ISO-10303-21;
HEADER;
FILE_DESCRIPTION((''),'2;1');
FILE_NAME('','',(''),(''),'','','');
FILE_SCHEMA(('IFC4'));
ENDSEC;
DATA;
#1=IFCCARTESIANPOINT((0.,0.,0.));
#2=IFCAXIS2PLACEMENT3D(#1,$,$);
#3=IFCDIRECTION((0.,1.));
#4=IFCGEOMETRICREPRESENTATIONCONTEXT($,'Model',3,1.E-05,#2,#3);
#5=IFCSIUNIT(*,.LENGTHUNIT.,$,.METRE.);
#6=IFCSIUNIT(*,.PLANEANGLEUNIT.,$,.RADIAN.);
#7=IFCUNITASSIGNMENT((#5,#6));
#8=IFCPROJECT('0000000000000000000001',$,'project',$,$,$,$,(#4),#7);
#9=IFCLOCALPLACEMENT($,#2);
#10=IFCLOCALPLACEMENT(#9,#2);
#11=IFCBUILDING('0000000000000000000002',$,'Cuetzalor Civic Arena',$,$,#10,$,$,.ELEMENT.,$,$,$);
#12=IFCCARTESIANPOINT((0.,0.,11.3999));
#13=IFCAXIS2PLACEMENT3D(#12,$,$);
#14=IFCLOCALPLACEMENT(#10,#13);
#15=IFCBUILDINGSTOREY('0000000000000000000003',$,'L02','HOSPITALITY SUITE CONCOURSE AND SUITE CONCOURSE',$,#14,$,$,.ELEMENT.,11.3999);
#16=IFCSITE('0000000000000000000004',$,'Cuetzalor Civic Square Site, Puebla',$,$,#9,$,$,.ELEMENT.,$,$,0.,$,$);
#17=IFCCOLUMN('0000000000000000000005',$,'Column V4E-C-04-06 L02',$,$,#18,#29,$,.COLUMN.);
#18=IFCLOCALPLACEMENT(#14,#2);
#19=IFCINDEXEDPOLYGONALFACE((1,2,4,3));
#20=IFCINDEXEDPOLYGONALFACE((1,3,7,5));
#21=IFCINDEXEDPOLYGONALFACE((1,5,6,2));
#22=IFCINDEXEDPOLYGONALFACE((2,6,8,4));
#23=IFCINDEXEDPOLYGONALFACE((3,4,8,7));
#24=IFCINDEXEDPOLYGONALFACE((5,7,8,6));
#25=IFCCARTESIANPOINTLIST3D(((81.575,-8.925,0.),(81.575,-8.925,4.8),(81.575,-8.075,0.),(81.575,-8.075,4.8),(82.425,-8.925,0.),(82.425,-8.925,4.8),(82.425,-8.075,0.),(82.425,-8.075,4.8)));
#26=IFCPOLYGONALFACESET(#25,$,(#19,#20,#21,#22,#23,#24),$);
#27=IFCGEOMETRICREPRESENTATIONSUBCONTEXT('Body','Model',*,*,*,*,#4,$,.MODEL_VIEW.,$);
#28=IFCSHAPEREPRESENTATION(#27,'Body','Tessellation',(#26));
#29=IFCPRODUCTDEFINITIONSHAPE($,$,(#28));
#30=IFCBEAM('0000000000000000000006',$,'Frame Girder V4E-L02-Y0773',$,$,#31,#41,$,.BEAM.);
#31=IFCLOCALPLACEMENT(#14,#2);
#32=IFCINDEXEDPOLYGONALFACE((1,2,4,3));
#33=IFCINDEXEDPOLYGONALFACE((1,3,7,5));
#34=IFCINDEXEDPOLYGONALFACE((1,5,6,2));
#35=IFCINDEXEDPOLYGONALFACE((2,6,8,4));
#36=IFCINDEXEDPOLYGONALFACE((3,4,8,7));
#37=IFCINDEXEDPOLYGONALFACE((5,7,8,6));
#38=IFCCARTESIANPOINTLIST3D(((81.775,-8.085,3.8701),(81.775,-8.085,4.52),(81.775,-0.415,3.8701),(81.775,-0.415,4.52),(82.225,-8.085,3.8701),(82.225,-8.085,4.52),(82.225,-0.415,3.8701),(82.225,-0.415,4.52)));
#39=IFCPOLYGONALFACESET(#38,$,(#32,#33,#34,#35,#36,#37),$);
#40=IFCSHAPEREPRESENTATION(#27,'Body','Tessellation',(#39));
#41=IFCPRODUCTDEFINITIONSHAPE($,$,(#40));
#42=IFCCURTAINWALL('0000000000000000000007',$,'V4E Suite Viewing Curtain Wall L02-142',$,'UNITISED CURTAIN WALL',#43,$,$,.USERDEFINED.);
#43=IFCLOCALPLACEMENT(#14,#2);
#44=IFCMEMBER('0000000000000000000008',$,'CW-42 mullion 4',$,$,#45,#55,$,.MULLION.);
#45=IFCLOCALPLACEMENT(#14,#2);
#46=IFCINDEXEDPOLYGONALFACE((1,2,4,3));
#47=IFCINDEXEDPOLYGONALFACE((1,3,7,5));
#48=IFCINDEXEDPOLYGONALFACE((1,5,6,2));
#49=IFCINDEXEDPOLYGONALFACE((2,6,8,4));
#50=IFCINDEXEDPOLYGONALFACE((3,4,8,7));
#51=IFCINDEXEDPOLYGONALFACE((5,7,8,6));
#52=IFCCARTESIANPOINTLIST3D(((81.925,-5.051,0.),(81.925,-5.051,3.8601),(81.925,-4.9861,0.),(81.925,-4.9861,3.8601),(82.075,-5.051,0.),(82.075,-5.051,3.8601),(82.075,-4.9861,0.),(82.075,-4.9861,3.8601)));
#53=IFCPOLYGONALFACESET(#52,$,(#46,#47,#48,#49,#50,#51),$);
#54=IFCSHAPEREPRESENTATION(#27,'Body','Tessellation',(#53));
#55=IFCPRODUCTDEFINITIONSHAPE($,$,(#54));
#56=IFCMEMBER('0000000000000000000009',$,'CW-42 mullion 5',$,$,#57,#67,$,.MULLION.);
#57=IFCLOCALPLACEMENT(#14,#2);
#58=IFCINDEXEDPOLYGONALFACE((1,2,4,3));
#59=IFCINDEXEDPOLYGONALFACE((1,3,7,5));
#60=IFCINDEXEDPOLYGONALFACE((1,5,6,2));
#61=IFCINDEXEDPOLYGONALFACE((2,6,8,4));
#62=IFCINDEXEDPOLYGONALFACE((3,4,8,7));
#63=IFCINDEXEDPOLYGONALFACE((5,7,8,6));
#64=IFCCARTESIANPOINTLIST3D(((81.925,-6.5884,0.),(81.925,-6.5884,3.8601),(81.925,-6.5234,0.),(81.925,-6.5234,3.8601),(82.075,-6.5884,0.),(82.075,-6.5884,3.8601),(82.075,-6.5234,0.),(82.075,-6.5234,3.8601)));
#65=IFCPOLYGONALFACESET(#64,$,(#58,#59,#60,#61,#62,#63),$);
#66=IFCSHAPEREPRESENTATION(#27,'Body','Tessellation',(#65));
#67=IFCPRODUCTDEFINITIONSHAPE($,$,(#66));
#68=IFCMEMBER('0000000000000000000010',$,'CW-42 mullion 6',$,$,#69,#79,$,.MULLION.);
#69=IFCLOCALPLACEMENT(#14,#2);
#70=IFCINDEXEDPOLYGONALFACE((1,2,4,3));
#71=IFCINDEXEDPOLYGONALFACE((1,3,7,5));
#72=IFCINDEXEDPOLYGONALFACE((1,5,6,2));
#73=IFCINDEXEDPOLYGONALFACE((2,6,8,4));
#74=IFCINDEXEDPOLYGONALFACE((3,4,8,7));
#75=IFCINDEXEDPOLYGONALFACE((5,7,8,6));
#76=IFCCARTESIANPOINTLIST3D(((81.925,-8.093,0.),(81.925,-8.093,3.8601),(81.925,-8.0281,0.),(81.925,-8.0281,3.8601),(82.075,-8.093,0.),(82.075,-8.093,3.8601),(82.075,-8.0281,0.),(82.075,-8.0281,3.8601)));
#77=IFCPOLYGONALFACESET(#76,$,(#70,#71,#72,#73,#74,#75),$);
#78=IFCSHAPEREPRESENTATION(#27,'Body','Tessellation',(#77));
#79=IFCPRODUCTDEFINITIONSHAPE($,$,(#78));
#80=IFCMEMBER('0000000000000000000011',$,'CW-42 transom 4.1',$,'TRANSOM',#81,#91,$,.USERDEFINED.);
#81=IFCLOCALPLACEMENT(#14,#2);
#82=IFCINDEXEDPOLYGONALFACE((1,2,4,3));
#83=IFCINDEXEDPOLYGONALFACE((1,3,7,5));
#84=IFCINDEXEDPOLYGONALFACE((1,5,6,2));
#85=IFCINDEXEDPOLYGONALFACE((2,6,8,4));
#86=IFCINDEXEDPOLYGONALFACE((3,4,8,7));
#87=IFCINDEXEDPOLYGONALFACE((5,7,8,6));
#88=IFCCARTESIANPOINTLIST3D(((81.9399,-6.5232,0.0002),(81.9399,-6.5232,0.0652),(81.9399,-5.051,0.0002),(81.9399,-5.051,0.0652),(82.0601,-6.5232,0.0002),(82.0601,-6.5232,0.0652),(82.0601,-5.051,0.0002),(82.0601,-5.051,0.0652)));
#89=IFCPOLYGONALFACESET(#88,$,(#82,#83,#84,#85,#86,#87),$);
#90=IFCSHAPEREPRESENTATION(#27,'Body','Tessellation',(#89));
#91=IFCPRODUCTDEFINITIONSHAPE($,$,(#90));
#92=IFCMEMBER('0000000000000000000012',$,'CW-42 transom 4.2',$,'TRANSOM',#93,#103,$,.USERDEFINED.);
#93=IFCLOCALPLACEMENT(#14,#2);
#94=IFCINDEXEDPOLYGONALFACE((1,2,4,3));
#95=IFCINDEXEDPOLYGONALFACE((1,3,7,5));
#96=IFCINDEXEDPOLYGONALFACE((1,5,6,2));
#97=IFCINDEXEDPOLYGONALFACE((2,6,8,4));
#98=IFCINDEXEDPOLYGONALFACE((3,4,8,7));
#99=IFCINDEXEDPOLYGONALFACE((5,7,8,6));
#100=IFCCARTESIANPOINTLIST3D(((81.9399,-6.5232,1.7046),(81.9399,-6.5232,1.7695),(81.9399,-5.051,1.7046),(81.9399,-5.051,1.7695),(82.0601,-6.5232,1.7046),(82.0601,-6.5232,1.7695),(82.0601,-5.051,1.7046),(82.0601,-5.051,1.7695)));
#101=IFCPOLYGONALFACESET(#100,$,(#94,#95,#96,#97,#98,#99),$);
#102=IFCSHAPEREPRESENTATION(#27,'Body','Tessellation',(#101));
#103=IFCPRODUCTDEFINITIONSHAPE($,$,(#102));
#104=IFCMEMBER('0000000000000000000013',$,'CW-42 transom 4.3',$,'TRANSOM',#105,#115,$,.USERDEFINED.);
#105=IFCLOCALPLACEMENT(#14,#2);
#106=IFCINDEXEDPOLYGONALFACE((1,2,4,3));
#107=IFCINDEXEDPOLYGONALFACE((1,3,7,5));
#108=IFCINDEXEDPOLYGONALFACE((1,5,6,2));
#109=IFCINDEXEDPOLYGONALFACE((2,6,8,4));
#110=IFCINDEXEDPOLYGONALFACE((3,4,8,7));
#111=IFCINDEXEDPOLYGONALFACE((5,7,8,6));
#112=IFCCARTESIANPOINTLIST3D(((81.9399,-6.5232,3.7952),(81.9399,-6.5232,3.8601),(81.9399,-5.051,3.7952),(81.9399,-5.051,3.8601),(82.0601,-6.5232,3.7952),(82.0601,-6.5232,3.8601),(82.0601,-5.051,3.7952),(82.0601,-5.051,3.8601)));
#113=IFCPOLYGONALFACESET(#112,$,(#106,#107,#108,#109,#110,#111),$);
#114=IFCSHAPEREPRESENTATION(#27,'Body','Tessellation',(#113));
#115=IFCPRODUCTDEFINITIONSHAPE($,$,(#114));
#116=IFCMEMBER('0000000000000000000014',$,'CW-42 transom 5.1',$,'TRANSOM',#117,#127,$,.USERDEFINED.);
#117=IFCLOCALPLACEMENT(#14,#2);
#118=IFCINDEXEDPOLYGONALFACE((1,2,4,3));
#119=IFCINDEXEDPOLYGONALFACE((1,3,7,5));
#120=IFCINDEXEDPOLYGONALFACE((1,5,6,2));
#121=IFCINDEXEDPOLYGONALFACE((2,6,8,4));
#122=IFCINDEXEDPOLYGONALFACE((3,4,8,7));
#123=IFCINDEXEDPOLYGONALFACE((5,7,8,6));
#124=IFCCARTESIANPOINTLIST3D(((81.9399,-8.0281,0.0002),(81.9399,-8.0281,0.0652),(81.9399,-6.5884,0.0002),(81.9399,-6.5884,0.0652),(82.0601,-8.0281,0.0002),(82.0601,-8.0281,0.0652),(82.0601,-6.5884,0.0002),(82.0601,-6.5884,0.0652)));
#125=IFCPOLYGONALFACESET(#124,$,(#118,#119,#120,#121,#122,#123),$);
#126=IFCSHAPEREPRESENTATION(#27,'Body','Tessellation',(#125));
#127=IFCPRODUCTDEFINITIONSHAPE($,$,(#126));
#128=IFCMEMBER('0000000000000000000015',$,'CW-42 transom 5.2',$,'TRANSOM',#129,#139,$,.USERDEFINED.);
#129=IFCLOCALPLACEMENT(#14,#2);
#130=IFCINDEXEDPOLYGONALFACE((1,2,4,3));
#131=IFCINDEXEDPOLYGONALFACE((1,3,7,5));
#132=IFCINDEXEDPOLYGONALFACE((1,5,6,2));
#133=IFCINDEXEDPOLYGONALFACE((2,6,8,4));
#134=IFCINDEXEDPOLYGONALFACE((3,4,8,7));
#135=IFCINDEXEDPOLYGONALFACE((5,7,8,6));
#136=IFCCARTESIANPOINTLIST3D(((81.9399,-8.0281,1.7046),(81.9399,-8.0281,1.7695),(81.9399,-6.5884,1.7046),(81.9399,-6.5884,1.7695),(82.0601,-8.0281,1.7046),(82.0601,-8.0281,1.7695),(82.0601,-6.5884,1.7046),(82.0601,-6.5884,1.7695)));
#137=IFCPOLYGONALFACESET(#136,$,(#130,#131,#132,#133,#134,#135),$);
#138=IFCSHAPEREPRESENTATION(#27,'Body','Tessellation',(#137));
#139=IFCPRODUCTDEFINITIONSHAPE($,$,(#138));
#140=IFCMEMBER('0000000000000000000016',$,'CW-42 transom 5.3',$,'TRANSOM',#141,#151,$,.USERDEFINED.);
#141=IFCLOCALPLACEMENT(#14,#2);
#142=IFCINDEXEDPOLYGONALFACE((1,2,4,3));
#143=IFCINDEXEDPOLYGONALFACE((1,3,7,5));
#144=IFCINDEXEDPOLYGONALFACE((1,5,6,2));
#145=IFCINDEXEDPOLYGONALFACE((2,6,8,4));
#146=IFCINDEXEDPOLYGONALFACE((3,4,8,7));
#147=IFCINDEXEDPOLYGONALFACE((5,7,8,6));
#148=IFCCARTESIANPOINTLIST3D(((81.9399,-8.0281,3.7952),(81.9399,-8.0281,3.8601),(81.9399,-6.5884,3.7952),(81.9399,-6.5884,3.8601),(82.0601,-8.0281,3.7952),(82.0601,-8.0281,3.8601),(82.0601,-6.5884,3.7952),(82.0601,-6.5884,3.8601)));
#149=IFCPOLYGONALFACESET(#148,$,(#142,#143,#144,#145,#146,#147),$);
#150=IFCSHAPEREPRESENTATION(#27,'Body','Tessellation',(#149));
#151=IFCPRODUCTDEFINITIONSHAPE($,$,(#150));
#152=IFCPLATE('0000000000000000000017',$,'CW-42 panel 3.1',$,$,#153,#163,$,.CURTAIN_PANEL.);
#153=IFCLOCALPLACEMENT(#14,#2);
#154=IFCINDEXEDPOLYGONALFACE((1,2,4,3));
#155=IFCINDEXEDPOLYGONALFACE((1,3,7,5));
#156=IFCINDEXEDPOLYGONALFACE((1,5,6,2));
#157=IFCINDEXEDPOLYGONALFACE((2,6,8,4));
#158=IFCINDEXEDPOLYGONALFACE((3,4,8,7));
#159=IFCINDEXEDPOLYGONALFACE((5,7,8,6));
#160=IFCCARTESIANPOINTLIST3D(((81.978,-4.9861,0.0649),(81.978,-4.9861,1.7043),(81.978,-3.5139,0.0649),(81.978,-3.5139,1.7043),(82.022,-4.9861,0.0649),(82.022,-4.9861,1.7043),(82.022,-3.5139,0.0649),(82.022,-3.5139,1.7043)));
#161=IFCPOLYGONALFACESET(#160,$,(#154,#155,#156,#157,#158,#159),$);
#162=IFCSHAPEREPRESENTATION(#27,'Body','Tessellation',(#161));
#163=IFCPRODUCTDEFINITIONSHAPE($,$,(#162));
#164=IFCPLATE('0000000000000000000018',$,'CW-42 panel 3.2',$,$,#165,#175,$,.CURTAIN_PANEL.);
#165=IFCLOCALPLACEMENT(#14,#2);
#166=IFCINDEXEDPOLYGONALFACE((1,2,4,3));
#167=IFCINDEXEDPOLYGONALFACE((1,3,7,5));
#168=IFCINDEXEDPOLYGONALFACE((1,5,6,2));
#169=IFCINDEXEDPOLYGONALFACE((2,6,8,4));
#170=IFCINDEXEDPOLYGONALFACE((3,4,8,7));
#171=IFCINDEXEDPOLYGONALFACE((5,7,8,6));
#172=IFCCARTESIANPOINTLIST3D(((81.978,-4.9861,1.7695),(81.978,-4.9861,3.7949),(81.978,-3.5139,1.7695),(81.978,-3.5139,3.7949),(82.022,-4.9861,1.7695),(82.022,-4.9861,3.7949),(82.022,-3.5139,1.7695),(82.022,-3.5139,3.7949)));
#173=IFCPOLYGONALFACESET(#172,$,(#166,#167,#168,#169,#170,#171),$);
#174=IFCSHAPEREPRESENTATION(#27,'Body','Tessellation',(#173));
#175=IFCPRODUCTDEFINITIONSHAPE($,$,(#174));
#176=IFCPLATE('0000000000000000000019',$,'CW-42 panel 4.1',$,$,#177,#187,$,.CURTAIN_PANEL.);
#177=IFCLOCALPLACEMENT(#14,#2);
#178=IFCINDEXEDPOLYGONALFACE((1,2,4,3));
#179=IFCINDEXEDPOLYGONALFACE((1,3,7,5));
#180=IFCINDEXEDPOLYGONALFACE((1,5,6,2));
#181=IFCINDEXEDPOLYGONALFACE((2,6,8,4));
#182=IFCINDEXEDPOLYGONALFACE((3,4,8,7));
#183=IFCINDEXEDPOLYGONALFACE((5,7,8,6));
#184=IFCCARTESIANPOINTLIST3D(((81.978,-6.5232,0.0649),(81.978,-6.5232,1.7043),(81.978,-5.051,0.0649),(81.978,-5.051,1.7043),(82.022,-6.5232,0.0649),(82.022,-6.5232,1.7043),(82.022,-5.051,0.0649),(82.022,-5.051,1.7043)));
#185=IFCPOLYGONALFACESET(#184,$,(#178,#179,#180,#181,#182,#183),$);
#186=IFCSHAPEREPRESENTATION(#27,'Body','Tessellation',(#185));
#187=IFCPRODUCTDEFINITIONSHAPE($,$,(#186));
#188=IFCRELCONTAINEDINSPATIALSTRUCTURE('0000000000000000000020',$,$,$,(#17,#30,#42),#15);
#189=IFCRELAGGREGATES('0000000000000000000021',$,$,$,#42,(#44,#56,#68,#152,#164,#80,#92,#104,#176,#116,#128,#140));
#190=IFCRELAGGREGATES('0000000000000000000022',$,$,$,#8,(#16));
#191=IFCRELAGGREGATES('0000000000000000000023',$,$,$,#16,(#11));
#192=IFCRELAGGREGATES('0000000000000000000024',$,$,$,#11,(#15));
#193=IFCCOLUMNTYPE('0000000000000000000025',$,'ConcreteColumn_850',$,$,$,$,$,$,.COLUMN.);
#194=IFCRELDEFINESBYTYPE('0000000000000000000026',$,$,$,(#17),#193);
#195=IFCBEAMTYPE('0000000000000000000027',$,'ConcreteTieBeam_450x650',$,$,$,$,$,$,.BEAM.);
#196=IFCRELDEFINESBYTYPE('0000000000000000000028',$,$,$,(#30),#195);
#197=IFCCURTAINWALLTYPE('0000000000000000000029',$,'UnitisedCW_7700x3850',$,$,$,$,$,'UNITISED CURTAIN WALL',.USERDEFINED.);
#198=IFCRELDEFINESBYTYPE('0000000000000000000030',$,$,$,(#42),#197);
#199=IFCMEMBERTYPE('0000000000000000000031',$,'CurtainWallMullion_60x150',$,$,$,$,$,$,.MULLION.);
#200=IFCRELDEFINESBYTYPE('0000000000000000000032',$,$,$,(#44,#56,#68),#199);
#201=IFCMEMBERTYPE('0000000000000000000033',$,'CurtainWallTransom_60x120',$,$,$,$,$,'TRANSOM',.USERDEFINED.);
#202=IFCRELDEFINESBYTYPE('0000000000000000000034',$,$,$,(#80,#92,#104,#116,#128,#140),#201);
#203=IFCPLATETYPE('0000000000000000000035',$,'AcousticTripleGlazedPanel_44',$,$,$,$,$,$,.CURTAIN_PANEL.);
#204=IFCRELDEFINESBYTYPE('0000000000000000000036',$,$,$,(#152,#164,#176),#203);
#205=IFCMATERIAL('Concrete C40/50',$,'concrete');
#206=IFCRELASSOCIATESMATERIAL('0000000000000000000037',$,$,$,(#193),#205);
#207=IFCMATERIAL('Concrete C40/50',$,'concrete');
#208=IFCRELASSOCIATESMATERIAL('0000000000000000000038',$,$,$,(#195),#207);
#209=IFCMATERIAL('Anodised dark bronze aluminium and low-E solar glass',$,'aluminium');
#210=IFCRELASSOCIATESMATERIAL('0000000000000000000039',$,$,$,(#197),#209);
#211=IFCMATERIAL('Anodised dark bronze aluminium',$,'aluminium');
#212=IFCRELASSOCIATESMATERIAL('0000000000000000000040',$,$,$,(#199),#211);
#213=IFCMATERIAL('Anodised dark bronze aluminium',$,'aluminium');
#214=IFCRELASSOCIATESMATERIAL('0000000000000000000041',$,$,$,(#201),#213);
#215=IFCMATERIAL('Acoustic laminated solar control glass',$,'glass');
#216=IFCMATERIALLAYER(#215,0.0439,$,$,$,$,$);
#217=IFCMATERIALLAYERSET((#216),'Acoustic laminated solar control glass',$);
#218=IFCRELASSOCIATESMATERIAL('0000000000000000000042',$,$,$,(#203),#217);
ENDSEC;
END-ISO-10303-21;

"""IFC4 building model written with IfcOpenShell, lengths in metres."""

from ifc_helpers import new_model, si_unit, direction, frame, origin, origin_2d, place, context, subcontext, project, spatial, rectangle, extrude, material, layer, layer_set, material_profile, profile_set, type_object, element, aggregate, save


model = new_model("IFC4")

# Units and contexts
model_context = context("Model", 3, precision=1e-05, world=origin(), true_north=direction((0.0, 1.0)))
body_context = subcontext(model_context, "Body", "Model", "MODEL_VIEW")
ifc_project = project(units=[si_unit("LENGTHUNIT", "METRE"), si_unit("PLANEANGLEUNIT", "RADIAN")], contexts=[model_context])

# Site, building, storey
site_placement = place(None, origin())
site = spatial("IfcSite", under=ifc_project, at=site_placement, Name="Cuetzalor Civic Square Site, Puebla", CompositionType="ELEMENT", RefElevation=0.0)
building_placement = place(site_placement, origin())
building = spatial("IfcBuilding", under=site, at=building_placement, Name="Cuetzalor Civic Arena", CompositionType="ELEMENT")
storey_placement = place(building_placement, frame((0.0, 0.0, 11.3999)))
storey = spatial("IfcBuildingStorey", under=building, at=storey_placement, Name="L02", Description="HOSPITALITY SUITE CONCOURSE AND SUITE CONCOURSE", CompositionType="ELEMENT", Elevation=11.3999)

# Column
ifc_material_1 = material(Name="Concrete C40/50", Category="concrete")
ifc_material_profile_1 = material_profile(ifc_material_1, rectangle(XDim=0.8501, YDim=0.8501, at=origin_2d()), Name="RC 850x850")
ifc_profile_set_1 = profile_set([ifc_material_profile_1], Name="Concrete C40/50")
column_type = type_object("IfcColumnType", Name="ConcreteColumn_850", PredefinedType="COLUMN", material=ifc_profile_set_1)
column_placement = place(storey_placement, frame((82.0, -8.5, 0.0), z_axis=(0.0, 0.0, 1.0), x_axis=(1.0, 0.0, 0.0)))
element("IfcColumn", 1, at=column_placement, inside=storey, type_object=column_type, Name="Column V4E-C-04-06 L02", PredefinedType="COLUMN", context=body_context, shape_type="SweptSolid", body=[
    extrude(rectangle(XDim=0.8501, YDim=0.8501, at=origin_2d()), origin(), (0.0, 0.0, 1.0), 4.8),
])

# Beam
ifc_material_2 = material(Name="Concrete C40/50", Category="concrete")
ifc_material_profile_2 = material_profile(ifc_material_2, rectangle(XDim=0.45, YDim=0.6499, at=origin_2d()), Name="RC 450x650")
ifc_profile_set_2 = profile_set([ifc_material_profile_2], Name="Concrete C40/50")
beam_type = type_object("IfcBeamType", Name="ConcreteTieBeam_450x650", PredefinedType="BEAM", material=ifc_profile_set_2)
beam_placement = place(storey_placement, frame((82.0, -8.085, 4.1951), z_axis=(0.0, 1.0, 0.0), x_axis=(-1.0, 0.0, 0.0)))
element("IfcBeam", 2, at=beam_placement, inside=storey, type_object=beam_type, Name="Frame Girder V4E-L02-Y0773", PredefinedType="BEAM", context=body_context, shape_type="SweptSolid", body=[
    extrude(rectangle(XDim=0.45, YDim=0.6499, at=origin_2d()), origin(), (0.0, 0.0, 1.0), 7.6699),
])

# Curtain wall, members, plates
ifc_material_3 = material(Name="Anodised dark bronze aluminium and low-E solar glass", Category="aluminium")
curtain_wall_type = type_object("IfcCurtainWallType", Name="UnitisedCW_7700x3850", ElementType="UNITISED CURTAIN WALL", PredefinedType="USERDEFINED", material=ifc_material_3)
curtain_wall_placement = place(storey_placement, origin())
curtain_wall = element("IfcCurtainWall", 3, at=curtain_wall_placement, inside=storey, type_object=curtain_wall_type, Name="V4E Suite Viewing Curtain Wall L02-142", ObjectType="UNITISED CURTAIN WALL", PredefinedType="USERDEFINED")
ifc_material_4 = material(Name="Anodised dark bronze aluminium", Category="aluminium")
ifc_material_profile_3 = material_profile(ifc_material_4, rectangle(XDim=0.0649, YDim=0.1499, at=origin_2d()), Name="ALU MULLION 65x150")
ifc_profile_set_3 = profile_set([ifc_material_profile_3], Name="Anodised dark bronze aluminium")
member_type_1 = type_object("IfcMemberType", Name="CurtainWallMullion_60x150", PredefinedType="MULLION", material=ifc_profile_set_3)
member_1_placement = place(storey_placement, frame((82.0, -5.0186, 0.0), z_axis=(0.0, 0.0, 1.0), x_axis=(0.0, -1.0, 0.0)))
member_1 = element("IfcMember", 4, at=member_1_placement, type_object=member_type_1, Name="CW-42 mullion 4", PredefinedType="MULLION", context=body_context, shape_type="SweptSolid", body=[
    extrude(rectangle(XDim=0.0649, YDim=0.1499, at=origin_2d()), origin(), (0.0, 0.0, 1.0), 3.8601),
])
member_2_placement = place(storey_placement, frame((82.0, -6.5559, 0.0), z_axis=(0.0, 0.0, 1.0), x_axis=(0.0, -1.0, 0.0)))
member_2 = element("IfcMember", 5, at=member_2_placement, type_object=member_type_1, Name="CW-42 mullion 5", PredefinedType="MULLION", context=body_context, shape_type="SweptSolid", body=[
    extrude(rectangle(XDim=0.0649, YDim=0.1499, at=origin_2d()), origin(), (0.0, 0.0, 1.0), 3.8601),
])
member_3_placement = place(storey_placement, frame((82.0, -8.0605, 0.0), z_axis=(0.0, 0.0, 1.0), x_axis=(0.0, -1.0, 0.0)))
member_3 = element("IfcMember", 6, at=member_3_placement, type_object=member_type_1, Name="CW-42 mullion 6", PredefinedType="MULLION", context=body_context, shape_type="SweptSolid", body=[
    extrude(rectangle(XDim=0.0649, YDim=0.1499, at=origin_2d()), origin(), (0.0, 0.0, 1.0), 3.8601),
])
ifc_material_5 = material(Name="Anodised dark bronze aluminium", Category="aluminium")
ifc_material_profile_4 = material_profile(ifc_material_5, rectangle(XDim=0.1201, YDim=0.0649, at=origin_2d()), Name="ALU TRANSOM 65x120")
ifc_profile_set_4 = profile_set([ifc_material_profile_4], Name="Anodised dark bronze aluminium")
member_type_2 = type_object("IfcMemberType", Name="CurtainWallTransom_60x120", ElementType="TRANSOM", PredefinedType="USERDEFINED", material=ifc_profile_set_4)
member_4_placement = place(storey_placement, frame((82.0, -5.051, 0.0327), z_axis=(0.0, -1.0, 0.0), x_axis=(1.0, 0.0, 0.0)))
member_4 = element("IfcMember", 7, at=member_4_placement, type_object=member_type_2, Name="CW-42 transom 4.1", ObjectType="TRANSOM", PredefinedType="USERDEFINED", context=body_context, shape_type="SweptSolid", body=[
    extrude(rectangle(XDim=0.1201, YDim=0.0649, at=origin_2d()), origin(), (0.0, 0.0, 1.0), 1.4722),
])
member_5_placement = place(storey_placement, frame((82.0, -5.051, 1.7371), z_axis=(0.0, -1.0, 0.0), x_axis=(1.0, 0.0, 0.0)))
member_5 = element("IfcMember", 8, at=member_5_placement, type_object=member_type_2, Name="CW-42 transom 4.2", ObjectType="TRANSOM", PredefinedType="USERDEFINED", context=body_context, shape_type="SweptSolid", body=[
    extrude(rectangle(XDim=0.1201, YDim=0.0649, at=origin_2d()), origin(), (0.0, 0.0, 1.0), 1.4722),
])
member_6_placement = place(storey_placement, frame((82.0, -5.051, 3.8276), z_axis=(0.0, -1.0, 0.0), x_axis=(1.0, 0.0, 0.0)))
member_6 = element("IfcMember", 9, at=member_6_placement, type_object=member_type_2, Name="CW-42 transom 4.3", ObjectType="TRANSOM", PredefinedType="USERDEFINED", context=body_context, shape_type="SweptSolid", body=[
    extrude(rectangle(XDim=0.1201, YDim=0.0649, at=origin_2d()), origin(), (0.0, 0.0, 1.0), 1.4722),
])
member_7_placement = place(storey_placement, frame((82.0, -6.5884, 0.0327), z_axis=(0.0, -1.0, 0.0), x_axis=(1.0, 0.0, 0.0)))
member_7 = element("IfcMember", 10, at=member_7_placement, type_object=member_type_2, Name="CW-42 transom 5.1", ObjectType="TRANSOM", PredefinedType="USERDEFINED", context=body_context, shape_type="SweptSolid", body=[
    extrude(rectangle(XDim=0.1201, YDim=0.0649, at=origin_2d()), origin(), (0.0, 0.0, 1.0), 1.4397),
])
member_8_placement = place(storey_placement, frame((82.0, -6.5884, 1.7371), z_axis=(0.0, -1.0, 0.0), x_axis=(1.0, 0.0, 0.0)))
member_8 = element("IfcMember", 11, at=member_8_placement, type_object=member_type_2, Name="CW-42 transom 5.2", ObjectType="TRANSOM", PredefinedType="USERDEFINED", context=body_context, shape_type="SweptSolid", body=[
    extrude(rectangle(XDim=0.1201, YDim=0.0649, at=origin_2d()), origin(), (0.0, 0.0, 1.0), 1.4397),
])
member_9_placement = place(storey_placement, frame((82.0, -6.5884, 3.8276), z_axis=(0.0, -1.0, 0.0), x_axis=(1.0, 0.0, 0.0)))
member_9 = element("IfcMember", 12, at=member_9_placement, type_object=member_type_2, Name="CW-42 transom 5.3", ObjectType="TRANSOM", PredefinedType="USERDEFINED", context=body_context, shape_type="SweptSolid", body=[
    extrude(rectangle(XDim=0.1201, YDim=0.0649, at=origin_2d()), origin(), (0.0, 0.0, 1.0), 1.4397),
])
ifc_material_6 = material(Name="Acoustic laminated solar control glass", Category="glass")
ifc_layer_1 = layer(ifc_material_6, 0.0439)
ifc_layer_set_1 = layer_set([ifc_layer_1], Name="Acoustic laminated solar control glass")
plate_type = type_object("IfcPlateType", Name="AcousticTripleGlazedPanel_44", PredefinedType="CURTAIN_PANEL", material=ifc_layer_set_1)
plate_1_placement = place(storey_placement, frame((82.0, -4.25, 0.0649), z_axis=(0.0, 0.0, 1.0), x_axis=(0.0, -1.0, 0.0)))
plate_1 = element("IfcPlate", 13, at=plate_1_placement, type_object=plate_type, Name="CW-42 panel 3.1", PredefinedType="CURTAIN_PANEL", context=body_context, shape_type="SweptSolid", body=[
    extrude(rectangle(XDim=1.4722, YDim=0.0439, at=origin_2d()), origin(), (0.0, 0.0, 1.0), 1.6394),
])
plate_2_placement = place(storey_placement, frame((82.0, -4.25, 1.7695), z_axis=(0.0, 0.0, 1.0), x_axis=(0.0, -1.0, 0.0)))
plate_2 = element("IfcPlate", 14, at=plate_2_placement, type_object=plate_type, Name="CW-42 panel 3.2", PredefinedType="CURTAIN_PANEL", context=body_context, shape_type="SweptSolid", body=[
    extrude(rectangle(XDim=1.4722, YDim=0.0439, at=origin_2d()), origin(), (0.0, 0.0, 1.0), 2.0254),
])
plate_3_placement = place(storey_placement, frame((82.0, -5.7871, 0.0649), z_axis=(0.0, 0.0, 1.0), x_axis=(0.0, -1.0, 0.0)))
plate_3 = element("IfcPlate", 15, at=plate_3_placement, type_object=plate_type, Name="CW-42 panel 4.1", PredefinedType="CURTAIN_PANEL", context=body_context, shape_type="SweptSolid", body=[
    extrude(rectangle(XDim=1.4722, YDim=0.0439, at=origin_2d()), origin(), (0.0, 0.0, 1.0), 1.6394),
])
aggregate(curtain_wall, [member_1, member_2, member_3, plate_1, plate_2, member_4, member_5, member_6, plate_3, member_7, member_8, member_9])

save(model, "model.ifc")
